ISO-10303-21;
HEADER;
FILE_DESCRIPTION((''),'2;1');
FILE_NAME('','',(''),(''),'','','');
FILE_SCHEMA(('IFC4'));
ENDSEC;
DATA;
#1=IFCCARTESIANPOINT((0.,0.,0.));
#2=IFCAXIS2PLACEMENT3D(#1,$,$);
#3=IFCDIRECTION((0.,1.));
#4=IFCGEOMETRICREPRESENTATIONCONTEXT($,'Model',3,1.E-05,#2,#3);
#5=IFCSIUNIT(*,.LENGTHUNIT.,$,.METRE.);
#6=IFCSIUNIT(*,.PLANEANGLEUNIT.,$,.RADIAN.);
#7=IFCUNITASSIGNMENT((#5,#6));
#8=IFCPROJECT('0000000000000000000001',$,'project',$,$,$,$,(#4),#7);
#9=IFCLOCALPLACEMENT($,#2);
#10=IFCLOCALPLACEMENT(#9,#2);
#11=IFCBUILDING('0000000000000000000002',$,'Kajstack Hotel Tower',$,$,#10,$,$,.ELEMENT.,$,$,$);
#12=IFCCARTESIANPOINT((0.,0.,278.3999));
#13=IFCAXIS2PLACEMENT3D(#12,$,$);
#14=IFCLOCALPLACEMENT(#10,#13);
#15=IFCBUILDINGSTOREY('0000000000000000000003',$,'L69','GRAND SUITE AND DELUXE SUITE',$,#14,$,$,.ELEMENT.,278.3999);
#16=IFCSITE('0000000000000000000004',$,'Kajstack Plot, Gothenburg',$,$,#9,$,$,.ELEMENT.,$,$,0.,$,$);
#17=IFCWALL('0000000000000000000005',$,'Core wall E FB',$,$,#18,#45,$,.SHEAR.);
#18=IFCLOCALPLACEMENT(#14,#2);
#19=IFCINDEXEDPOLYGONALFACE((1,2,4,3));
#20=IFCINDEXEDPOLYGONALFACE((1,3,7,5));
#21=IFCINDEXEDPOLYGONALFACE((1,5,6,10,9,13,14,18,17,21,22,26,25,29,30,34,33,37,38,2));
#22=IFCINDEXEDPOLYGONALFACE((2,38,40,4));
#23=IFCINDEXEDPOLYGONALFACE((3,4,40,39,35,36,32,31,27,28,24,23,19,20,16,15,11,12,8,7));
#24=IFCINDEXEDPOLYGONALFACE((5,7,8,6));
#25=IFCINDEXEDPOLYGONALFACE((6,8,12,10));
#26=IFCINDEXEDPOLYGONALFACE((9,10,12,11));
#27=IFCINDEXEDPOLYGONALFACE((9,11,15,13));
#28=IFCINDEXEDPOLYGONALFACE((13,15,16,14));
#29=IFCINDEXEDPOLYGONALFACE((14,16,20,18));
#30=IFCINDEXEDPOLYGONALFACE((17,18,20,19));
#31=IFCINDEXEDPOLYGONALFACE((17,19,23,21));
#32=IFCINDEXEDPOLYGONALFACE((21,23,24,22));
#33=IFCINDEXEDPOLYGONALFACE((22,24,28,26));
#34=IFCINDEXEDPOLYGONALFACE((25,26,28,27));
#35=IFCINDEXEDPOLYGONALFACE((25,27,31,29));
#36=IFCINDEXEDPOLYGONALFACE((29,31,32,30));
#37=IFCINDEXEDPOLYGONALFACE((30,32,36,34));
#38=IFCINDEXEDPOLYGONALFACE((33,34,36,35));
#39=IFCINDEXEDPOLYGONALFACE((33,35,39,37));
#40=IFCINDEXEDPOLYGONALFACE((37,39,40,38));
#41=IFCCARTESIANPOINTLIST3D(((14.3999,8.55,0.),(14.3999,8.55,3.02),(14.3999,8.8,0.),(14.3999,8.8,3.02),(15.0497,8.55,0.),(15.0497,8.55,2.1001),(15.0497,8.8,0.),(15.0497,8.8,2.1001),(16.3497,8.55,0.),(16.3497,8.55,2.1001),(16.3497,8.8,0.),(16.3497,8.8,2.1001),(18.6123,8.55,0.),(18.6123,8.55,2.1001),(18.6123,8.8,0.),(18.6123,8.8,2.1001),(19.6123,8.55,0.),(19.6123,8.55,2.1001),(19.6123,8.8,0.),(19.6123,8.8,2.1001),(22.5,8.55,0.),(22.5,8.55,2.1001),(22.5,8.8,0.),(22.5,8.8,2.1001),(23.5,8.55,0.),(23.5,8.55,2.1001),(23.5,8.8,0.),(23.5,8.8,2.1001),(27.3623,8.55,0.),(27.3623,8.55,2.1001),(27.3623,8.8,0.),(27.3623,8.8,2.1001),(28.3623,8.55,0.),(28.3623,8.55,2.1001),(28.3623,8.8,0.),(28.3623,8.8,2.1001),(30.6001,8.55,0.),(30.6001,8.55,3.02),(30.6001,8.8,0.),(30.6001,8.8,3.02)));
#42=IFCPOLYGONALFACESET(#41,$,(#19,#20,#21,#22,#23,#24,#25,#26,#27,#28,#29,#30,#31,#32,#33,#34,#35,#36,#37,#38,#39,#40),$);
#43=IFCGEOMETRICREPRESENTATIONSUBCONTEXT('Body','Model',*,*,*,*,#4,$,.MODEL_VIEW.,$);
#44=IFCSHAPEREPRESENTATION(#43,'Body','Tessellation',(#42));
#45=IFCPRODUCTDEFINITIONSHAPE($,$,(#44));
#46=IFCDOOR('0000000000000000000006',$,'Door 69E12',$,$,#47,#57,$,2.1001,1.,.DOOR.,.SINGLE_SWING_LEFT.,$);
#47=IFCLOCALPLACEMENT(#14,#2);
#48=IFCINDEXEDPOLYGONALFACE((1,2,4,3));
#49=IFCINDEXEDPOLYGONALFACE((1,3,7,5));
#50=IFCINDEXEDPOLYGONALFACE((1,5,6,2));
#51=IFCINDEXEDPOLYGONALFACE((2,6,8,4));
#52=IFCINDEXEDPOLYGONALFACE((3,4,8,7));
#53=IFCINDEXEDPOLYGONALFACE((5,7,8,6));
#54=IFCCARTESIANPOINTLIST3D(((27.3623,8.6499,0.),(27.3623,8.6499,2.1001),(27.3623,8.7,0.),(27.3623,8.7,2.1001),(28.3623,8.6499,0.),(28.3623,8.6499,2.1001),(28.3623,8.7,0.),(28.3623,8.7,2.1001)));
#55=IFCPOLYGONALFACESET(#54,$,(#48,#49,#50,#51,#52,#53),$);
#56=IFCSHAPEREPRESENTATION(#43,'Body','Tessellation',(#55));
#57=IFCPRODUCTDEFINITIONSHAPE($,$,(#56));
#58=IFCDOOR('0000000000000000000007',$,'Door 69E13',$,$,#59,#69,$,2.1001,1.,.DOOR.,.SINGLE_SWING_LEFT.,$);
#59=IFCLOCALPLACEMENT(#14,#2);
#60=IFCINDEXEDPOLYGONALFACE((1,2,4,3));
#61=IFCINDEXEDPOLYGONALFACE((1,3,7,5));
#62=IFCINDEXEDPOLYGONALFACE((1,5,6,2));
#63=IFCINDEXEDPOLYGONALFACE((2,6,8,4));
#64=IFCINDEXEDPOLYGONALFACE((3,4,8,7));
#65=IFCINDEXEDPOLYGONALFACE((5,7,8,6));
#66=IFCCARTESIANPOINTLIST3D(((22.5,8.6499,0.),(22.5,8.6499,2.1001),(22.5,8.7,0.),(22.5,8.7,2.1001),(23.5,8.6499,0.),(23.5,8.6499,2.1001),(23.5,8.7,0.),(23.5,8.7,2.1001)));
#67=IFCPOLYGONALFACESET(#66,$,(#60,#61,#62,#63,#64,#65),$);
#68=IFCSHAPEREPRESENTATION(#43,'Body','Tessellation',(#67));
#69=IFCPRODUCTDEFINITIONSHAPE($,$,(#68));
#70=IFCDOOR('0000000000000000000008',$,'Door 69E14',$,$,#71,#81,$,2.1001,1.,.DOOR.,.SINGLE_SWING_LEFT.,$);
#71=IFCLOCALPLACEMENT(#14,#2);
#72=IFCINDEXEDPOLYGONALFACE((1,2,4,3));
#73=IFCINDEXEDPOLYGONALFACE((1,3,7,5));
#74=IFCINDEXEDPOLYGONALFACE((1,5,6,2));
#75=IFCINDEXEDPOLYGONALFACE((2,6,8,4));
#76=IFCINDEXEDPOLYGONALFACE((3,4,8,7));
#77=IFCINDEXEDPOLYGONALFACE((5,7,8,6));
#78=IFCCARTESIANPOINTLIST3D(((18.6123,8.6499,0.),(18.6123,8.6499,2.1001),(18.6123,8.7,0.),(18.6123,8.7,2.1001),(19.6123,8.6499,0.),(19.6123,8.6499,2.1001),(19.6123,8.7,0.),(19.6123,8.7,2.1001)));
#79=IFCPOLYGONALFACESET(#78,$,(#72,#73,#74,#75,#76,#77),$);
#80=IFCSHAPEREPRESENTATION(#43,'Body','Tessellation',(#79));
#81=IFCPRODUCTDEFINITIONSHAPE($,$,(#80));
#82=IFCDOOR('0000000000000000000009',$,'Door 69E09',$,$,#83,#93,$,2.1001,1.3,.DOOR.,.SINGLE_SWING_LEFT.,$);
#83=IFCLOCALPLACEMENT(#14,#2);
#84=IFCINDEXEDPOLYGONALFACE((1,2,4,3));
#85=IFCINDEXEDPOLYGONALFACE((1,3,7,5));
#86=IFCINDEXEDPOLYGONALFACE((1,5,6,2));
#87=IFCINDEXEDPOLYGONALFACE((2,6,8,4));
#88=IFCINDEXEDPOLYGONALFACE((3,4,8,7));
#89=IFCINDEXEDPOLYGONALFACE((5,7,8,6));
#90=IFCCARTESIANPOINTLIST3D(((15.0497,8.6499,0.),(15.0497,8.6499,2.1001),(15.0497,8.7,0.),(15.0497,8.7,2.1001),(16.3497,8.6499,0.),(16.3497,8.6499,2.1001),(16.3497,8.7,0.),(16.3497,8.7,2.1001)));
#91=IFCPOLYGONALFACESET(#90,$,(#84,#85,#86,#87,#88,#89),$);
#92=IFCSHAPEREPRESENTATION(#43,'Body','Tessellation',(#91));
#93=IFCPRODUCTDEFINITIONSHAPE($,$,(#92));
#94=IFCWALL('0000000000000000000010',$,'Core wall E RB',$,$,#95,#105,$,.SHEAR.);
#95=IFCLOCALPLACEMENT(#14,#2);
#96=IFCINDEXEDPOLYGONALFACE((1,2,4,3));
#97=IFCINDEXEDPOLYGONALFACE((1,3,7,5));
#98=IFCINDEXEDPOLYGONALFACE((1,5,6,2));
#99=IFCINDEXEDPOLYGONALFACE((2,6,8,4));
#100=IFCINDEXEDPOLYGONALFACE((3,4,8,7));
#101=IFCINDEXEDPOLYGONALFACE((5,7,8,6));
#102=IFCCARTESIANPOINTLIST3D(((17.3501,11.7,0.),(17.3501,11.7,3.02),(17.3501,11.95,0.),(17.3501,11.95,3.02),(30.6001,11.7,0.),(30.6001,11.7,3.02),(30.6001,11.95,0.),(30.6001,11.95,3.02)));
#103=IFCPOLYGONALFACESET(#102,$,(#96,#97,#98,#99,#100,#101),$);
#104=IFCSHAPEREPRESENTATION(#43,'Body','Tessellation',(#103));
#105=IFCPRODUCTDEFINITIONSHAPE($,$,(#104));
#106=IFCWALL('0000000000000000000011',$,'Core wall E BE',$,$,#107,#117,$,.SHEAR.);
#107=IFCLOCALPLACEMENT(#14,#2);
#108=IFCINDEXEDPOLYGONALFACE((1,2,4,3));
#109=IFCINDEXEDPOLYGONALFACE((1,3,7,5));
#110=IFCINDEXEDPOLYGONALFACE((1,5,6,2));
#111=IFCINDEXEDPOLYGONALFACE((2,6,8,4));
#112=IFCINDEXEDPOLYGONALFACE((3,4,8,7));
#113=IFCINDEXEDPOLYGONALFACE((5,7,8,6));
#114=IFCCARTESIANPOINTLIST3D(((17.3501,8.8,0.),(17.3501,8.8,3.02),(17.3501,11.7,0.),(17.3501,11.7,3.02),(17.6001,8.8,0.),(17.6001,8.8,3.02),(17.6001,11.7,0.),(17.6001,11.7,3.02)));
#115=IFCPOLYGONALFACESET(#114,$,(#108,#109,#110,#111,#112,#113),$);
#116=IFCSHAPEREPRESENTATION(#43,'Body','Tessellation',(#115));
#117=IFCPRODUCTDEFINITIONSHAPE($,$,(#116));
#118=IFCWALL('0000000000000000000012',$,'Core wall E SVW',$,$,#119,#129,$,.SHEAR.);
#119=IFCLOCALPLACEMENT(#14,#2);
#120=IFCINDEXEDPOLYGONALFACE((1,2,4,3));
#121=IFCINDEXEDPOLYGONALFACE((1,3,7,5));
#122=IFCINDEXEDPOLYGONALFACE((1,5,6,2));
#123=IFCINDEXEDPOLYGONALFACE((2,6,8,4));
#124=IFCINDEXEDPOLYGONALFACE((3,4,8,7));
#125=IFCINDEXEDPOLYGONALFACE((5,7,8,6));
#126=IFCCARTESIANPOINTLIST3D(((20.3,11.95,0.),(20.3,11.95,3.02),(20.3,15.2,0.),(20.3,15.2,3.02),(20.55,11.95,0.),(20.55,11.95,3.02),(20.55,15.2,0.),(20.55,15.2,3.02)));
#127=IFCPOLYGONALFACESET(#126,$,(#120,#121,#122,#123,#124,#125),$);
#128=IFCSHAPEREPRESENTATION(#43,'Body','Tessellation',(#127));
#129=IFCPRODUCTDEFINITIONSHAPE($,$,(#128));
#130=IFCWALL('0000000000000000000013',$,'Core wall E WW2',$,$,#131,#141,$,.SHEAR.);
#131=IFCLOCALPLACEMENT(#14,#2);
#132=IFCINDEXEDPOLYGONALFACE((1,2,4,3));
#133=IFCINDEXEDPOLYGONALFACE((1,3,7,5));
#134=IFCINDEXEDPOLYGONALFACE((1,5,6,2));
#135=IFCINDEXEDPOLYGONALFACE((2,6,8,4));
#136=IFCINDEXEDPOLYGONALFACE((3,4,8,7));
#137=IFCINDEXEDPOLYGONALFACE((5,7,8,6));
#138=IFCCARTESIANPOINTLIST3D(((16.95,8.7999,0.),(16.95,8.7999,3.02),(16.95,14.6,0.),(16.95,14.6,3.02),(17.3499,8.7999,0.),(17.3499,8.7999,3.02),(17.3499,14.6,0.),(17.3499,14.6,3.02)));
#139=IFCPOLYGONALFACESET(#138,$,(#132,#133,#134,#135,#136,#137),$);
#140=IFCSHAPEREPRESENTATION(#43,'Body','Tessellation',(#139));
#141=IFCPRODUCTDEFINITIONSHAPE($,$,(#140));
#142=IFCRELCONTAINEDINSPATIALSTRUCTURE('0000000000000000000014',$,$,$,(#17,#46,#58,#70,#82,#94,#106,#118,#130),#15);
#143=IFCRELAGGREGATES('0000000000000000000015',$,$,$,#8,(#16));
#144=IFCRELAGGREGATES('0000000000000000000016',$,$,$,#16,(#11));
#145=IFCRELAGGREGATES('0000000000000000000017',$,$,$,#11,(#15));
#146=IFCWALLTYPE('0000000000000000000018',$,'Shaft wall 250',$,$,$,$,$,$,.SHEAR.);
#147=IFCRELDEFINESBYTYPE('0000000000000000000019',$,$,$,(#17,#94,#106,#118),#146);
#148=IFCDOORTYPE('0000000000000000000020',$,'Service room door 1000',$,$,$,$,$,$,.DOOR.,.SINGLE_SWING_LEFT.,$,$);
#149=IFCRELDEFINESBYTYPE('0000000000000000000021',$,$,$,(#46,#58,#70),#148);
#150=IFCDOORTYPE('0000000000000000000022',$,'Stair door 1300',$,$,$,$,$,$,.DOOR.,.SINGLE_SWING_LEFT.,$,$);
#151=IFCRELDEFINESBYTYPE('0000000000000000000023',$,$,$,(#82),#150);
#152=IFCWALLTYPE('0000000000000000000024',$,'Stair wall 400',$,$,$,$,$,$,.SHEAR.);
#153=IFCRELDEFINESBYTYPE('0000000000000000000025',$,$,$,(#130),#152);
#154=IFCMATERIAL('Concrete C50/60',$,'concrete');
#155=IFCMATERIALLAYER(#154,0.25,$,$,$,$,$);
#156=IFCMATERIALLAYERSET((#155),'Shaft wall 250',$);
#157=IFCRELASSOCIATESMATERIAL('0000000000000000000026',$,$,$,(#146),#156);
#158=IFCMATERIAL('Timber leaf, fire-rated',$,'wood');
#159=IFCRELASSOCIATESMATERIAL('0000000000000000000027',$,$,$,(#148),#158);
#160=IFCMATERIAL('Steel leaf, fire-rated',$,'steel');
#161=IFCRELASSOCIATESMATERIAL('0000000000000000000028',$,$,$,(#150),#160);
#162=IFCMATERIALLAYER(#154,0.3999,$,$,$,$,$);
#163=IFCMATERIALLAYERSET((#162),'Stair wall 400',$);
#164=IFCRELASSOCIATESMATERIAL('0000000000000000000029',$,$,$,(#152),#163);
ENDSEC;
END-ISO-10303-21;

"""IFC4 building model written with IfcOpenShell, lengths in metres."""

from ifc_helpers import new_model, si_unit, direction, frame, frame_2d, origin, place, context, subcontext, project, spatial, rectangle, extrude, material, layer, layer_set, type_object, element, fill, save


model = new_model("IFC4")

# Units and contexts
model_context = context("Model", 3, precision=1e-05, world=origin(), true_north=direction((0.0, 1.0)))
body_context = subcontext(model_context, "Body", "Model", "MODEL_VIEW")
ifc_project = project(units=[si_unit("LENGTHUNIT", "METRE"), si_unit("PLANEANGLEUNIT", "RADIAN")], contexts=[model_context])

# Site, building, storey
site_placement = place(None, origin())
site = spatial("IfcSite", under=ifc_project, at=site_placement, Name="Kajstack Plot, Gothenburg", CompositionType="ELEMENT", RefElevation=0.0)
building_placement = place(site_placement, origin())
building = spatial("IfcBuilding", under=site, at=building_placement, Name="Kajstack Hotel Tower", CompositionType="ELEMENT")
storey_placement = place(building_placement, frame((0.0, 0.0, 278.3999)))
storey = spatial("IfcBuildingStorey", under=building, at=storey_placement, Name="L69", Description="GRAND SUITE AND DELUXE SUITE", CompositionType="ELEMENT", Elevation=278.3999)

# Shared definitions
ifc_material_1 = material(Name="Concrete C50/60", Category="concrete")
ifc_layer_1 = layer(ifc_material_1, 0.25)
ifc_layer_set_1 = layer_set([ifc_layer_1], Name="Shaft wall 250")
wall_type_1 = type_object("IfcWallType", Name="Shaft wall 250", PredefinedType="SHEAR", material=ifc_layer_set_1)
ifc_material_2 = material(Name="Timber leaf, fire-rated", Category="wood")
door_type_1 = type_object("IfcDoorType", Name="Service room door 1000", OperationType="SINGLE_SWING_LEFT", PredefinedType="DOOR", material=ifc_material_2)

# Wall, openings, doors
wall_1_placement = place(storey_placement, frame((14.3999, 8.675, 0.0), z_axis=(0.0, 0.0, 1.0), x_axis=(1.0, 0.0, 0.0)))
wall_1 = element("IfcWall", 1, at=wall_1_placement, inside=storey, type_object=wall_type_1, Name="Core wall E FB", PredefinedType="SHEAR", context=body_context, shape_type="SweptSolid", body=[
    extrude(rectangle(XDim=16.2002, YDim=0.25, at=frame_2d((8.1001, 0.0))), origin(), (0.0, 0.0, 1.0), 3.02),
])
opening_1_placement = place(wall_1_placement, frame((0.6499, 0.0, 0.0)))
opening_1 = element("IfcOpeningElement", 2, at=opening_1_placement, cuts=wall_1, PredefinedType="OPENING", context=body_context, shape_type="SweptSolid", body=[
    extrude(rectangle(XDim=1.3, YDim=2.1001, at=frame_2d((0.6499, 1.05))), frame((0.0, 0.135, 0.0), z_axis=(0.0, -1.0, 0.0), x_axis=(1.0, 0.0, 0.0)), (0.0, 0.0, 1.0), 0.27),
])
opening_2_placement = place(wall_1_placement, frame((12.9624, 0.0, 0.0)))
opening_2 = element("IfcOpeningElement", 3, at=opening_2_placement, cuts=wall_1, PredefinedType="OPENING", context=body_context, shape_type="SweptSolid", body=[
    extrude(rectangle(XDim=1.0, YDim=2.1001, at=frame_2d((0.5, 1.05))), frame((0.0, 0.135, 0.0), z_axis=(0.0, -1.0, 0.0), x_axis=(1.0, 0.0, 0.0)), (0.0, 0.0, 1.0), 0.27),
])
opening_3_placement = place(wall_1_placement, frame((8.1001, 0.0, 0.0)))
opening_3 = element("IfcOpeningElement", 4, at=opening_3_placement, cuts=wall_1, PredefinedType="OPENING", context=body_context, shape_type="SweptSolid", body=[
    extrude(rectangle(XDim=1.0, YDim=2.1001, at=frame_2d((0.5, 1.05))), frame((0.0, 0.135, 0.0), z_axis=(0.0, -1.0, 0.0), x_axis=(1.0, 0.0, 0.0)), (0.0, 0.0, 1.0), 0.27),
])
opening_4_placement = place(wall_1_placement, frame((4.2124, 0.0, 0.0)))
opening_4 = element("IfcOpeningElement", 5, at=opening_4_placement, cuts=wall_1, PredefinedType="OPENING", context=body_context, shape_type="SweptSolid", body=[
    extrude(rectangle(XDim=1.0, YDim=2.1001, at=frame_2d((0.5, 1.05))), frame((0.0, 0.135, 0.0), z_axis=(0.0, -1.0, 0.0), x_axis=(1.0, 0.0, 0.0)), (0.0, 0.0, 1.0), 0.27),
])
door_1_placement = place(opening_2_placement, origin())
door_1 = element("IfcDoor", 6, at=door_1_placement, inside=storey, type_object=door_type_1, Name="Door 69E12", OperationType="SINGLE_SWING_LEFT", OverallHeight=2.1001, OverallWidth=1.0, PredefinedType="DOOR", context=body_context, shape_type="SweptSolid", body=[
    extrude(rectangle(XDim=1.0, YDim=2.1001, at=frame_2d((0.5, 1.05))), frame((0.0, 0.0249, 0.0), z_axis=(0.0, -1.0, 0.0), x_axis=(1.0, 0.0, 0.0)), (0.0, 0.0, 1.0), 0.05),
])
fill(opening_2, door_1)
door_2_placement = place(opening_3_placement, origin())
door_2 = element("IfcDoor", 7, at=door_2_placement, inside=storey, type_object=door_type_1, Name="Door 69E13", OperationType="SINGLE_SWING_LEFT", OverallHeight=2.1001, OverallWidth=1.0, PredefinedType="DOOR", context=body_context, shape_type="SweptSolid", body=[
    extrude(rectangle(XDim=1.0, YDim=2.1001, at=frame_2d((0.5, 1.05))), frame((0.0, 0.0249, 0.0), z_axis=(0.0, -1.0, 0.0), x_axis=(1.0, 0.0, 0.0)), (0.0, 0.0, 1.0), 0.05),
])
fill(opening_3, door_2)
door_3_placement = place(opening_4_placement, origin())
door_3 = element("IfcDoor", 8, at=door_3_placement, inside=storey, type_object=door_type_1, Name="Door 69E14", OperationType="SINGLE_SWING_LEFT", OverallHeight=2.1001, OverallWidth=1.0, PredefinedType="DOOR", context=body_context, shape_type="SweptSolid", body=[
    extrude(rectangle(XDim=1.0, YDim=2.1001, at=frame_2d((0.5, 1.05))), frame((0.0, 0.0249, 0.0), z_axis=(0.0, -1.0, 0.0), x_axis=(1.0, 0.0, 0.0)), (0.0, 0.0, 1.0), 0.05),
])
fill(opening_4, door_3)
ifc_material_3 = material(Name="Steel leaf, fire-rated", Category="steel")
door_type_2 = type_object("IfcDoorType", Name="Stair door 1300", OperationType="SINGLE_SWING_LEFT", PredefinedType="DOOR", material=ifc_material_3)
door_4_placement = place(opening_1_placement, origin())
door_4 = element("IfcDoor", 9, at=door_4_placement, inside=storey, type_object=door_type_2, Name="Door 69E09", OperationType="SINGLE_SWING_LEFT", OverallHeight=2.1001, OverallWidth=1.3, PredefinedType="DOOR", context=body_context, shape_type="SweptSolid", body=[
    extrude(rectangle(XDim=1.3, YDim=2.1001, at=frame_2d((0.6499, 1.05))), frame((0.0, 0.0249, 0.0), z_axis=(0.0, -1.0, 0.0), x_axis=(1.0, 0.0, 0.0)), (0.0, 0.0, 1.0), 0.05),
])
fill(opening_1, door_4)

# Walls
wall_2_placement = place(storey_placement, frame((17.3501, 11.825, 0.0), z_axis=(0.0, 0.0, 1.0), x_axis=(1.0, 0.0, 0.0)))
element("IfcWall", 10, at=wall_2_placement, inside=storey, type_object=wall_type_1, Name="Core wall E RB", PredefinedType="SHEAR", context=body_context, shape_type="SweptSolid", body=[
    extrude(rectangle(XDim=13.25, YDim=0.25, at=frame_2d((6.625, 0.0))), origin(), (0.0, 0.0, 1.0), 3.02),
])
wall_3_placement = place(storey_placement, frame((17.4751, 8.8, 0.0), z_axis=(0.0, 0.0, 1.0), x_axis=(0.0, 1.0, 0.0)))
element("IfcWall", 11, at=wall_3_placement, inside=storey, type_object=wall_type_1, Name="Core wall E BE", PredefinedType="SHEAR", context=body_context, shape_type="SweptSolid", body=[
    extrude(rectangle(XDim=2.8999, YDim=0.25, at=frame_2d((1.45, 0.0))), origin(), (0.0, 0.0, 1.0), 3.02),
])
wall_4_placement = place(storey_placement, frame((20.425, 11.95, 0.0), z_axis=(0.0, 0.0, 1.0), x_axis=(0.0, 1.0, 0.0)))
element("IfcWall", 12, at=wall_4_placement, inside=storey, type_object=wall_type_1, Name="Core wall E SVW", PredefinedType="SHEAR", context=body_context, shape_type="SweptSolid", body=[
    extrude(rectangle(XDim=3.25, YDim=0.25, at=frame_2d((1.625, 0.0))), origin(), (0.0, 0.0, 1.0), 3.02),
])
ifc_layer_2 = layer(ifc_material_1, 0.3999)
ifc_layer_set_2 = layer_set([ifc_layer_2], Name="Stair wall 400")
wall_type_2 = type_object("IfcWallType", Name="Stair wall 400", PredefinedType="SHEAR", material=ifc_layer_set_2)
wall_5_placement = place(storey_placement, frame((17.1499, 8.8, 0.0), z_axis=(0.0, 0.0, 1.0), x_axis=(0.0, 1.0, 0.0)))
element("IfcWall", 13, at=wall_5_placement, inside=storey, type_object=wall_type_2, Name="Core wall E WW2", PredefinedType="SHEAR", context=body_context, shape_type="SweptSolid", body=[
    extrude(rectangle(XDim=5.8, YDim=0.3999, at=frame_2d((2.8999, 0.0))), origin(), (0.0, 0.0, 1.0), 3.02),
])

save(model, "model.ifc")
